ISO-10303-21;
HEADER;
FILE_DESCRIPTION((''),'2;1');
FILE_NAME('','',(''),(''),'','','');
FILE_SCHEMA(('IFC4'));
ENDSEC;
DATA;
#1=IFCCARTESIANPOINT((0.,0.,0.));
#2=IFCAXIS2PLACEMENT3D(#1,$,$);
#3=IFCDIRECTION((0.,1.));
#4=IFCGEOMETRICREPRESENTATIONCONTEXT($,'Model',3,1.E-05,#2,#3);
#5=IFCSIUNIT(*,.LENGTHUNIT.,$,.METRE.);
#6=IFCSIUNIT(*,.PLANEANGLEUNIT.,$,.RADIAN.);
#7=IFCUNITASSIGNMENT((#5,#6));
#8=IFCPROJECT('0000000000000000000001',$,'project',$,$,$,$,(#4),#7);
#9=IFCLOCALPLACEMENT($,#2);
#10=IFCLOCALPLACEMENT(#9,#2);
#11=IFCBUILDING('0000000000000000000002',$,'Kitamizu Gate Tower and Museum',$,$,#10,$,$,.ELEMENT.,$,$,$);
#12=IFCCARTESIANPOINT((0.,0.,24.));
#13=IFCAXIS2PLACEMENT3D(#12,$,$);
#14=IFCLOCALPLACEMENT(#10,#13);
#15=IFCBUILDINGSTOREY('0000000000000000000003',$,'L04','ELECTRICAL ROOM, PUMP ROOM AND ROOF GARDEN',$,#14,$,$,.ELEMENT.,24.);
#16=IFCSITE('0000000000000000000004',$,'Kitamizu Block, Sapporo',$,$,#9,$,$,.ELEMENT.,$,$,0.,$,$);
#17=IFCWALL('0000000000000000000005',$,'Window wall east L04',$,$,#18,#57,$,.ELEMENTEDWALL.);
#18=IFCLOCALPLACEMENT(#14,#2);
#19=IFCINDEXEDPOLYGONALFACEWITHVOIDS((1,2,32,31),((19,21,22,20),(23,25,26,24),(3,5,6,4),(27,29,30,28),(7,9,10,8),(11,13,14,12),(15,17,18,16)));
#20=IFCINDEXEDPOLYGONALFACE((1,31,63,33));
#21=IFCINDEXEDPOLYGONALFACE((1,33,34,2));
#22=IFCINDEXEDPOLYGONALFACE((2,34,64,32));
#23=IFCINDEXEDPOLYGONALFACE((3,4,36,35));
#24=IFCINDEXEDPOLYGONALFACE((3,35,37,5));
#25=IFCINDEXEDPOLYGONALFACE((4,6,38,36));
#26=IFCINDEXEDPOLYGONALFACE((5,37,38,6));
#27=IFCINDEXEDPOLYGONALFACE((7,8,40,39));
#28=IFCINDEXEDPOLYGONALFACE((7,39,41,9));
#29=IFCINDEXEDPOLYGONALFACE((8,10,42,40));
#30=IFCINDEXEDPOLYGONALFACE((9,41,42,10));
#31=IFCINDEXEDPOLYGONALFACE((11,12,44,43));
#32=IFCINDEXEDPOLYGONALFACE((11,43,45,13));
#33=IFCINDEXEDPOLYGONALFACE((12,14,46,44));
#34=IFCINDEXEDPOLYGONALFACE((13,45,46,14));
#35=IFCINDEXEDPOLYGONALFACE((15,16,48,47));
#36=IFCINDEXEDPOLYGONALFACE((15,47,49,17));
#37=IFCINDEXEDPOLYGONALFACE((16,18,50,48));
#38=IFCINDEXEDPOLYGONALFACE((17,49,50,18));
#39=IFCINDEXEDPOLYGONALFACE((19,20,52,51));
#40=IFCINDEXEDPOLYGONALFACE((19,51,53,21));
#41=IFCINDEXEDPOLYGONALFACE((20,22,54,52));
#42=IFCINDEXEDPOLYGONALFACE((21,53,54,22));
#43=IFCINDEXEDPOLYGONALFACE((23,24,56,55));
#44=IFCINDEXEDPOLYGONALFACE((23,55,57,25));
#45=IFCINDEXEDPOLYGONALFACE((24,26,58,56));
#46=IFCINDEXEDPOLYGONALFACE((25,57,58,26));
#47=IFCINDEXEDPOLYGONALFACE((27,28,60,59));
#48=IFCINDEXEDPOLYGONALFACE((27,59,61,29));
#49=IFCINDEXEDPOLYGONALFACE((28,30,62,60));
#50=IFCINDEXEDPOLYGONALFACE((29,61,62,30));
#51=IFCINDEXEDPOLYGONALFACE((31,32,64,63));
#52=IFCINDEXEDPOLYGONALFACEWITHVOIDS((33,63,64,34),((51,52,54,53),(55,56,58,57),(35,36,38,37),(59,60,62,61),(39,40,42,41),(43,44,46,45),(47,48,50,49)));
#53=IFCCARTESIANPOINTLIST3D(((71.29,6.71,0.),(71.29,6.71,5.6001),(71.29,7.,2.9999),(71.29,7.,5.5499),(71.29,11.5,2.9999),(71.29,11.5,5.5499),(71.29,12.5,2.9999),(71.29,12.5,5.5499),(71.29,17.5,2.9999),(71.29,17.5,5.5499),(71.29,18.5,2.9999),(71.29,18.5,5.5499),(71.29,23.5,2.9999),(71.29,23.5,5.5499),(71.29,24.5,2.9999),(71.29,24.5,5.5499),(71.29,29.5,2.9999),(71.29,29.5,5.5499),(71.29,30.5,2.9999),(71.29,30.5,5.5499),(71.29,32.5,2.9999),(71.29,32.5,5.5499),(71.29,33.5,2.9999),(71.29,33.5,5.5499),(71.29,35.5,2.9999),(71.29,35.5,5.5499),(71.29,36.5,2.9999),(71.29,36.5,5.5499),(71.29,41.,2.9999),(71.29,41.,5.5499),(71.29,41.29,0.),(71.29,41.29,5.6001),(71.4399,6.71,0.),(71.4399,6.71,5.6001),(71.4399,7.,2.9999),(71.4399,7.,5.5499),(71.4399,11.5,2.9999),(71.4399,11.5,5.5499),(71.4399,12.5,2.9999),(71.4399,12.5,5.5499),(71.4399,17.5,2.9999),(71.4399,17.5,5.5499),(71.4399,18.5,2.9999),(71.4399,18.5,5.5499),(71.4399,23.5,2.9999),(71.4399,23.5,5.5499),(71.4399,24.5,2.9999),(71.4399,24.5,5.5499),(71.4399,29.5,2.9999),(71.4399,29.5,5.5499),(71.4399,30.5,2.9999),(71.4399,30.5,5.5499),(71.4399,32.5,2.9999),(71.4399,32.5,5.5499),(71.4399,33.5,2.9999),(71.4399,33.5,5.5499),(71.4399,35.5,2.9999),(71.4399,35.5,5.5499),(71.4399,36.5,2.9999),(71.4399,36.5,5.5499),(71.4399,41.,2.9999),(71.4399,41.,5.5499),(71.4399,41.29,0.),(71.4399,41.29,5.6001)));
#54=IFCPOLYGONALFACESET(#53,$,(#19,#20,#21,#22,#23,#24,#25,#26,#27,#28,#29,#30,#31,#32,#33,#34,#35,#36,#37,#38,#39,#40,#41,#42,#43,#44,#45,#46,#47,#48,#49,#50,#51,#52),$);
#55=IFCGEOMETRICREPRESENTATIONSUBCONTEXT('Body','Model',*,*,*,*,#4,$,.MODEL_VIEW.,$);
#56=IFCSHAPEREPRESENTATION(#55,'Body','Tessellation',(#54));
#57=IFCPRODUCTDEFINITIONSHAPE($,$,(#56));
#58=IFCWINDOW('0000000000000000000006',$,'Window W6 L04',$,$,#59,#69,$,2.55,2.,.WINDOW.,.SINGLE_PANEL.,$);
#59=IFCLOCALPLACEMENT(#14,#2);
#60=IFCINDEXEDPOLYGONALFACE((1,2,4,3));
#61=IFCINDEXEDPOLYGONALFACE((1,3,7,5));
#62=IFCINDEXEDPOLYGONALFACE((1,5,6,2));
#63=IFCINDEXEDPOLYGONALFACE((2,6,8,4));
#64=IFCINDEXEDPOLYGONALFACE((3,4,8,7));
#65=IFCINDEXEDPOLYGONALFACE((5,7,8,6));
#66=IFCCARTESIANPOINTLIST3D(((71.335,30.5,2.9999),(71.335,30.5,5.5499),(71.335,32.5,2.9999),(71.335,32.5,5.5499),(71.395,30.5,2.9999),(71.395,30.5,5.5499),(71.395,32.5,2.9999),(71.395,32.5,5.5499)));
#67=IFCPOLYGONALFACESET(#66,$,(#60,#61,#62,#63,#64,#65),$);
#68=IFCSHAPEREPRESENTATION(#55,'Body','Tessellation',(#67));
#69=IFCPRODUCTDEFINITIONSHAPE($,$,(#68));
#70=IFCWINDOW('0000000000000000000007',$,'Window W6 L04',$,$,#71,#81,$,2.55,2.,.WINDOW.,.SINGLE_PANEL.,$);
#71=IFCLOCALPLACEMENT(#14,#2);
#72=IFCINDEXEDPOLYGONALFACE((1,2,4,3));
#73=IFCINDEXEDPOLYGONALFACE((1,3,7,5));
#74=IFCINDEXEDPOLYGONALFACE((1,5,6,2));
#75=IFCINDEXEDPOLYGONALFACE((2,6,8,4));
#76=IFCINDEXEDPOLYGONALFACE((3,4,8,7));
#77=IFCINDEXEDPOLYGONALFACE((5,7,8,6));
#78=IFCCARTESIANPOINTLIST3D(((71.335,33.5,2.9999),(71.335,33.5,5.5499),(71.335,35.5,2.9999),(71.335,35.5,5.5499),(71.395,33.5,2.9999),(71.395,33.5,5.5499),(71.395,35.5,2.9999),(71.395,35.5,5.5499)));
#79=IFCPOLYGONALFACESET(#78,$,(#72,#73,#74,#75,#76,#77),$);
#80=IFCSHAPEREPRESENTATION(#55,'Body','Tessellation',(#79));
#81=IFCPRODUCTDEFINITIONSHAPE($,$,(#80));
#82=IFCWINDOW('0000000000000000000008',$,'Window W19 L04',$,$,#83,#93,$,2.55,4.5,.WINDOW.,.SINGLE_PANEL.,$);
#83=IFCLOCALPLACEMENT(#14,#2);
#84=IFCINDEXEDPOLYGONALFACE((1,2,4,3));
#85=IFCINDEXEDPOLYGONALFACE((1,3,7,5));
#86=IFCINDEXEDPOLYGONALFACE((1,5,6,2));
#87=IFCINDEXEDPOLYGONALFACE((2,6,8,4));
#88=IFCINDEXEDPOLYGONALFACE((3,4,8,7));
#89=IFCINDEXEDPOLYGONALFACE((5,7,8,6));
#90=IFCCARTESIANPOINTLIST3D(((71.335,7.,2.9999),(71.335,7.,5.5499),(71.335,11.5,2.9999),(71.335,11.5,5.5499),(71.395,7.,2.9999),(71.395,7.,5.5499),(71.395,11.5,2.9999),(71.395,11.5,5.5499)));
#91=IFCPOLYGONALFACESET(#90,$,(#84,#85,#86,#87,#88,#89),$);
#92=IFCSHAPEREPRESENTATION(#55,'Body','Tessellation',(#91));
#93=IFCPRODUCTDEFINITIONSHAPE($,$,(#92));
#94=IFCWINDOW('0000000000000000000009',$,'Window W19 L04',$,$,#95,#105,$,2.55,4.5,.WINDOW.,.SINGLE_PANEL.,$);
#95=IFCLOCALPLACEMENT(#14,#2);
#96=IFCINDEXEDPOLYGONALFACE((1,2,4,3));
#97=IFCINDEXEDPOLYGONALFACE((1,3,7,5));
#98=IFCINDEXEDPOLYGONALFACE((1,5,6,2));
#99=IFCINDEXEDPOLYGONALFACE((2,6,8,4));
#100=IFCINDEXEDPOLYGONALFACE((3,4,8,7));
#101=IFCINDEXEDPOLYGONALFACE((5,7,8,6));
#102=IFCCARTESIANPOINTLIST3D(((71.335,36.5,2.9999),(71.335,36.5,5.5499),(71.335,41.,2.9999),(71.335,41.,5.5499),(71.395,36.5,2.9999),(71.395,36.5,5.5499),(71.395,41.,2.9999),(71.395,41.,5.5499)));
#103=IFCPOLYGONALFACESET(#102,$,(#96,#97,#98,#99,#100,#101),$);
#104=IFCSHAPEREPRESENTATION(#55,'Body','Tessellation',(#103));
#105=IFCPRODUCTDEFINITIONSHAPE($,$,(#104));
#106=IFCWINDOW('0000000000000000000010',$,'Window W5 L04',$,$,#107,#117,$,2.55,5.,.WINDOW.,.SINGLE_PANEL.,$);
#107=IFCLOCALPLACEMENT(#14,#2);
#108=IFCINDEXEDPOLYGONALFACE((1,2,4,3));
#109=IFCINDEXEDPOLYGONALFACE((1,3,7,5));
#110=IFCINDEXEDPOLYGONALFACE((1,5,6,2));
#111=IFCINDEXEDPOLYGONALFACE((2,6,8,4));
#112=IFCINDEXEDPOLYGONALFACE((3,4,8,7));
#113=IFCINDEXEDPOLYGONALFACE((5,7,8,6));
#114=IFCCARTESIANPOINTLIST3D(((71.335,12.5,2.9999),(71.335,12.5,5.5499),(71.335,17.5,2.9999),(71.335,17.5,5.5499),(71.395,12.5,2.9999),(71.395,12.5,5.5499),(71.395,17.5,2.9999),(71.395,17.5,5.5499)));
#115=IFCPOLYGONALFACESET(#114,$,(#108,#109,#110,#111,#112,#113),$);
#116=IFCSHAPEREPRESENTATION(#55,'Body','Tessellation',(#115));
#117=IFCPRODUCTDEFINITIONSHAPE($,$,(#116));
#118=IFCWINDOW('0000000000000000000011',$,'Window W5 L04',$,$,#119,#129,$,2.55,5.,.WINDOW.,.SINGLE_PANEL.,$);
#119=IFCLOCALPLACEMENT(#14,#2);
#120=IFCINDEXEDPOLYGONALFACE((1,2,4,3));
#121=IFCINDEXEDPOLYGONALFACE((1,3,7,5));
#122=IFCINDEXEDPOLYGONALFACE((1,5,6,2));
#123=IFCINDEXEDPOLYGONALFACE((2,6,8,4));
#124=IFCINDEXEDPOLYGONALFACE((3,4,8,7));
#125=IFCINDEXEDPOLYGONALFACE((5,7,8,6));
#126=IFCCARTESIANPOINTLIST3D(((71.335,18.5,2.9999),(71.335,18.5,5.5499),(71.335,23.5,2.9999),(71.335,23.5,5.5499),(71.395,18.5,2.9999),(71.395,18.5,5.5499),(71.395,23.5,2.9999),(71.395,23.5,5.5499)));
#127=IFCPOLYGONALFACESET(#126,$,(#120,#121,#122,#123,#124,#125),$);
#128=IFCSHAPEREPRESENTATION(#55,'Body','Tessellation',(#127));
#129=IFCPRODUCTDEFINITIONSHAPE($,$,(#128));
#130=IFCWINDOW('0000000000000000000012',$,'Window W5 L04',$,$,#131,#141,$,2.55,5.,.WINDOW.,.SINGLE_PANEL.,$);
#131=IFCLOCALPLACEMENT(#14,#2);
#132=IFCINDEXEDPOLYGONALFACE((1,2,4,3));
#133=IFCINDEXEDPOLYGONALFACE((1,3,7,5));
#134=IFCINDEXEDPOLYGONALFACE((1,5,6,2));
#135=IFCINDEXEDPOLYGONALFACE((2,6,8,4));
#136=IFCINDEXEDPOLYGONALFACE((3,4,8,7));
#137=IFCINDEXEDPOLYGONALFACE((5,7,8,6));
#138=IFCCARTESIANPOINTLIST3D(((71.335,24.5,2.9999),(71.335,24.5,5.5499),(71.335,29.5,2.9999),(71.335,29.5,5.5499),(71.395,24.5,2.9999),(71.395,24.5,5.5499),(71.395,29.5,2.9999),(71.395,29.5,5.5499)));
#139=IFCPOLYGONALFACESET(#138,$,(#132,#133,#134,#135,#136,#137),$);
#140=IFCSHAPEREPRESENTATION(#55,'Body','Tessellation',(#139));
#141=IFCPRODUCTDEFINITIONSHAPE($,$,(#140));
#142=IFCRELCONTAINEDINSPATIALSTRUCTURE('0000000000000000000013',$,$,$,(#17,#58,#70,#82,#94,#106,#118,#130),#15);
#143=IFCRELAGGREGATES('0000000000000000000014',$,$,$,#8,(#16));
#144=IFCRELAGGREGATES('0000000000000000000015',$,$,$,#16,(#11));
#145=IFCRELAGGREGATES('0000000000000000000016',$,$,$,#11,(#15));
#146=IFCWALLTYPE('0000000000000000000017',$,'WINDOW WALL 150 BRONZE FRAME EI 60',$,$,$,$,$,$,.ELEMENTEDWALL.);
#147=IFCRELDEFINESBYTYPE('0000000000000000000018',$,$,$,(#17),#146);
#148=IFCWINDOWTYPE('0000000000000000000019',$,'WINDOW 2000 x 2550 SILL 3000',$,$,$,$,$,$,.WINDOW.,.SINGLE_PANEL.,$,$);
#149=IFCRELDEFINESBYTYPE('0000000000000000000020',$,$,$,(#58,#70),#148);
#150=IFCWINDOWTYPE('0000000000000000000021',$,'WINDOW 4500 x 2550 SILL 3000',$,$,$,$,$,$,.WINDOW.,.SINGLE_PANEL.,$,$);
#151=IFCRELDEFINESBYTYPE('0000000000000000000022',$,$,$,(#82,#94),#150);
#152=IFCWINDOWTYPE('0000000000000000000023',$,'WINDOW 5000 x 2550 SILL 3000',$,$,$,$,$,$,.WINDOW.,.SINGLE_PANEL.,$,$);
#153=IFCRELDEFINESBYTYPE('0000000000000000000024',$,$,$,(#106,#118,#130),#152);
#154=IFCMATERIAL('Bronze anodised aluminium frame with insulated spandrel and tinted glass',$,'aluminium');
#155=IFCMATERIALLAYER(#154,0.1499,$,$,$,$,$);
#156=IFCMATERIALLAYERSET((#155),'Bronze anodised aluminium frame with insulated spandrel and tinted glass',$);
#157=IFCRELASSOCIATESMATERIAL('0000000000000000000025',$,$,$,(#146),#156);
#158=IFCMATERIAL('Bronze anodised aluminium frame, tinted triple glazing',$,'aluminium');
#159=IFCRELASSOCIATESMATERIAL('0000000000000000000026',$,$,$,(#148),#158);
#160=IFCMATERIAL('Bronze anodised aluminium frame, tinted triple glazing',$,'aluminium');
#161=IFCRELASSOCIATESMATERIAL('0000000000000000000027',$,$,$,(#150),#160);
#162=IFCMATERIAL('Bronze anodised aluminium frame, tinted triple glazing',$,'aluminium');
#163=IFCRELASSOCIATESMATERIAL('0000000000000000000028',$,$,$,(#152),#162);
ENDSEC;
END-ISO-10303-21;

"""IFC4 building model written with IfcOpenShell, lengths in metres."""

from ifc_helpers import new_model, si_unit, direction, frame, frame_2d, origin, place, context, subcontext, project, spatial, rectangle, extrude, material, layer, layer_set, type_object, element, fill, save


model = new_model("IFC4")

# Units and contexts
model_context = context("Model", 3, precision=1e-05, world=origin(), true_north=direction((0.0, 1.0)))
body_context = subcontext(model_context, "Body", "Model", "MODEL_VIEW")
ifc_project = project(units=[si_unit("LENGTHUNIT", "METRE"), si_unit("PLANEANGLEUNIT", "RADIAN")], contexts=[model_context])

# Site, building, storey
site_placement = place(None, origin())
site = spatial("IfcSite", under=ifc_project, at=site_placement, Name="Kitamizu Block, Sapporo", CompositionType="ELEMENT", RefElevation=0.0)
building_placement = place(site_placement, origin())
building = spatial("IfcBuilding", under=site, at=building_placement, Name="Kitamizu Gate Tower and Museum", CompositionType="ELEMENT")
storey_placement = place(building_placement, frame((0.0, 0.0, 24.0)))
storey = spatial("IfcBuildingStorey", under=building, at=storey_placement, Name="L04", Description="ELECTRICAL ROOM, PUMP ROOM AND ROOF GARDEN", CompositionType="ELEMENT", Elevation=24.0)

# Shared definitions
ifc_material_1 = material(Name="Bronze anodised aluminium frame with insulated spandrel and tinted glass", Category="aluminium")
ifc_layer_1 = layer(ifc_material_1, 0.1499)
ifc_layer_set_1 = layer_set([ifc_layer_1], Name="Bronze anodised aluminium frame with insulated spandrel and tinted glass")
wall_type_1 = type_object("IfcWallType", Name="WINDOW WALL 150 BRONZE FRAME EI 60", PredefinedType="ELEMENTEDWALL", material=ifc_layer_set_1)

# Wall, openings, windows
wall_1_placement = place(storey_placement, frame((71.365, 6.71, 0.0), z_axis=(0.0, 0.0, 1.0), x_axis=(0.0, 1.0, 0.0)))
wall_1 = element("IfcWall", 1, at=wall_1_placement, inside=storey, type_object=wall_type_1, Name="Window wall east L04", PredefinedType="ELEMENTEDWALL", context=body_context, shape_type="SweptSolid", body=[
    extrude(rectangle(XDim=34.5801, YDim=0.1499, at=frame_2d((17.29, 0.0))), origin(), (0.0, 0.0, 1.0), 5.6001),
])
opening_1_placement = place(wall_1_placement, frame((0.29, 0.0, 3.0)))
opening_1 = element("IfcOpeningElement", 2, at=opening_1_placement, cuts=wall_1, PredefinedType="OPENING", context=body_context, shape_type="SweptSolid", body=[
    extrude(rectangle(XDim=4.5, YDim=2.55, at=frame_2d((2.25, 1.2749))), frame((0.0, 0.085, 0.0), z_axis=(0.0, -1.0, 0.0), x_axis=(1.0, 0.0, 0.0)), (0.0, 0.0, 1.0), 0.1699),
])
opening_2_placement = place(wall_1_placement, frame((5.79, 0.0, 3.0)))
opening_2 = element("IfcOpeningElement", 3, at=opening_2_placement, cuts=wall_1, PredefinedType="OPENING", context=body_context, shape_type="SweptSolid", body=[
    extrude(rectangle(XDim=5.0, YDim=2.55, at=frame_2d((2.5, 1.2749))), frame((0.0, 0.085, 0.0), z_axis=(0.0, -1.0, 0.0), x_axis=(1.0, 0.0, 0.0)), (0.0, 0.0, 1.0), 0.1699),
])
opening_3_placement = place(wall_1_placement, frame((11.79, 0.0, 3.0)))
opening_3 = element("IfcOpeningElement", 4, at=opening_3_placement, cuts=wall_1, PredefinedType="OPENING", context=body_context, shape_type="SweptSolid", body=[
    extrude(rectangle(XDim=5.0, YDim=2.55, at=frame_2d((2.5, 1.2749))), frame((0.0, 0.085, 0.0), z_axis=(0.0, -1.0, 0.0), x_axis=(1.0, 0.0, 0.0)), (0.0, 0.0, 1.0), 0.1699),
])
opening_4_placement = place(wall_1_placement, frame((17.79, 0.0, 3.0)))
opening_4 = element("IfcOpeningElement", 5, at=opening_4_placement, cuts=wall_1, PredefinedType="OPENING", context=body_context, shape_type="SweptSolid", body=[
    extrude(rectangle(XDim=5.0, YDim=2.55, at=frame_2d((2.5, 1.2749))), frame((0.0, 0.085, 0.0), z_axis=(0.0, -1.0, 0.0), x_axis=(1.0, 0.0, 0.0)), (0.0, 0.0, 1.0), 0.1699),
])
opening_5_placement = place(wall_1_placement, frame((23.79, 0.0, 3.0)))
opening_5 = element("IfcOpeningElement", 6, at=opening_5_placement, cuts=wall_1, PredefinedType="OPENING", context=body_context, shape_type="SweptSolid", body=[
    extrude(rectangle(XDim=2.0, YDim=2.55, at=frame_2d((1.0, 1.2749))), frame((0.0, 0.085, 0.0), z_axis=(0.0, -1.0, 0.0), x_axis=(1.0, 0.0, 0.0)), (0.0, 0.0, 1.0), 0.1699),
])
opening_6_placement = place(wall_1_placement, frame((26.79, 0.0, 3.0)))
opening_6 = element("IfcOpeningElement", 7, at=opening_6_placement, cuts=wall_1, PredefinedType="OPENING", context=body_context, shape_type="SweptSolid", body=[
    extrude(rectangle(XDim=2.0, YDim=2.55, at=frame_2d((1.0, 1.2749))), frame((0.0, 0.085, 0.0), z_axis=(0.0, -1.0, 0.0), x_axis=(1.0, 0.0, 0.0)), (0.0, 0.0, 1.0), 0.1699),
])
opening_7_placement = place(wall_1_placement, frame((29.79, 0.0, 3.0)))
opening_7 = element("IfcOpeningElement", 8, at=opening_7_placement, cuts=wall_1, PredefinedType="OPENING", context=body_context, shape_type="SweptSolid", body=[
    extrude(rectangle(XDim=4.5, YDim=2.55, at=frame_2d((2.25, 1.2749))), frame((0.0, 0.085, 0.0), z_axis=(0.0, -1.0, 0.0), x_axis=(1.0, 0.0, 0.0)), (0.0, 0.0, 1.0), 0.1699),
])
ifc_material_2 = material(Name="Bronze anodised aluminium frame, tinted triple glazing", Category="aluminium")
window_type_1 = type_object("IfcWindowType", Name="WINDOW 2000 x 2550 SILL 3000", PartitioningType="SINGLE_PANEL", PredefinedType="WINDOW", material=ifc_material_2)
window_1_placement = place(opening_5_placement, origin())
window_1 = element("IfcWindow", 9, at=window_1_placement, inside=storey, type_object=window_type_1, Name="Window W6 L04", OverallHeight=2.55, OverallWidth=2.0, PartitioningType="SINGLE_PANEL", PredefinedType="WINDOW", context=body_context, shape_type="SweptSolid", body=[
    extrude(rectangle(XDim=2.0, YDim=2.55, at=frame_2d((1.0, 1.2749))), frame((0.0, 0.03, 0.0), z_axis=(0.0, -1.0, 0.0), x_axis=(1.0, 0.0, 0.0)), (0.0, 0.0, 1.0), 0.0601),
])
fill(opening_5, window_1)
window_2_placement = place(opening_6_placement, origin())
window_2 = element("IfcWindow", 10, at=window_2_placement, inside=storey, type_object=window_type_1, Name="Window W6 L04", OverallHeight=2.55, OverallWidth=2.0, PartitioningType="SINGLE_PANEL", PredefinedType="WINDOW", context=body_context, shape_type="SweptSolid", body=[
    extrude(rectangle(XDim=2.0, YDim=2.55, at=frame_2d((1.0, 1.2749))), frame((0.0, 0.03, 0.0), z_axis=(0.0, -1.0, 0.0), x_axis=(1.0, 0.0, 0.0)), (0.0, 0.0, 1.0), 0.0601),
])
fill(opening_6, window_2)
ifc_material_3 = material(Name="Bronze anodised aluminium frame, tinted triple glazing", Category="aluminium")
window_type_2 = type_object("IfcWindowType", Name="WINDOW 4500 x 2550 SILL 3000", PartitioningType="SINGLE_PANEL", PredefinedType="WINDOW", material=ifc_material_3)
window_3_placement = place(opening_1_placement, origin())
window_3 = element("IfcWindow", 11, at=window_3_placement, inside=storey, type_object=window_type_2, Name="Window W19 L04", OverallHeight=2.55, OverallWidth=4.5, PartitioningType="SINGLE_PANEL", PredefinedType="WINDOW", context=body_context, shape_type="SweptSolid", body=[
    extrude(rectangle(XDim=4.5, YDim=2.55, at=frame_2d((2.25, 1.2749))), frame((0.0, 0.03, 0.0), z_axis=(0.0, -1.0, 0.0), x_axis=(1.0, 0.0, 0.0)), (0.0, 0.0, 1.0), 0.0601),
])
fill(opening_1, window_3)
window_4_placement = place(opening_7_placement, origin())
window_4 = element("IfcWindow", 12, at=window_4_placement, inside=storey, type_object=window_type_2, Name="Window W19 L04", OverallHeight=2.55, OverallWidth=4.5, PartitioningType="SINGLE_PANEL", PredefinedType="WINDOW", context=body_context, shape_type="SweptSolid", body=[
    extrude(rectangle(XDim=4.5, YDim=2.55, at=frame_2d((2.25, 1.2749))), frame((0.0, 0.03, 0.0), z_axis=(0.0, -1.0, 0.0), x_axis=(1.0, 0.0, 0.0)), (0.0, 0.0, 1.0), 0.0601),
])
fill(opening_7, window_4)
ifc_material_4 = material(Name="Bronze anodised aluminium frame, tinted triple glazing", Category="aluminium")
window_type_3 = type_object("IfcWindowType", Name="WINDOW 5000 x 2550 SILL 3000", PartitioningType="SINGLE_PANEL", PredefinedType="WINDOW", material=ifc_material_4)
window_5_placement = place(opening_2_placement, origin())
window_5 = element("IfcWindow", 13, at=window_5_placement, inside=storey, type_object=window_type_3, Name="Window W5 L04", OverallHeight=2.55, OverallWidth=5.0, PartitioningType="SINGLE_PANEL", PredefinedType="WINDOW", context=body_context, shape_type="SweptSolid", body=[
    extrude(rectangle(XDim=5.0, YDim=2.55, at=frame_2d((2.5, 1.2749))), frame((0.0, 0.03, 0.0), z_axis=(0.0, -1.0, 0.0), x_axis=(1.0, 0.0, 0.0)), (0.0, 0.0, 1.0), 0.0601),
])
fill(opening_2, window_5)
window_6_placement = place(opening_3_placement, origin())
window_6 = element("IfcWindow", 14, at=window_6_placement, inside=storey, type_object=window_type_3, Name="Window W5 L04", OverallHeight=2.55, OverallWidth=5.0, PartitioningType="SINGLE_PANEL", PredefinedType="WINDOW", context=body_context, shape_type="SweptSolid", body=[
    extrude(rectangle(XDim=5.0, YDim=2.55, at=frame_2d((2.5, 1.2749))), frame((0.0, 0.03, 0.0), z_axis=(0.0, -1.0, 0.0), x_axis=(1.0, 0.0, 0.0)), (0.0, 0.0, 1.0), 0.0601),
])
fill(opening_3, window_6)
window_7_placement = place(opening_4_placement, origin())
window_7 = element("IfcWindow", 15, at=window_7_placement, inside=storey, type_object=window_type_3, Name="Window W5 L04", OverallHeight=2.55, OverallWidth=5.0, PartitioningType="SINGLE_PANEL", PredefinedType="WINDOW", context=body_context, shape_type="SweptSolid", body=[
    extrude(rectangle(XDim=5.0, YDim=2.55, at=frame_2d((2.5, 1.2749))), frame((0.0, 0.03, 0.0), z_axis=(0.0, -1.0, 0.0), x_axis=(1.0, 0.0, 0.0)), (0.0, 0.0, 1.0), 0.0601),
])
fill(opening_4, window_7)

save(model, "model.ifc")
